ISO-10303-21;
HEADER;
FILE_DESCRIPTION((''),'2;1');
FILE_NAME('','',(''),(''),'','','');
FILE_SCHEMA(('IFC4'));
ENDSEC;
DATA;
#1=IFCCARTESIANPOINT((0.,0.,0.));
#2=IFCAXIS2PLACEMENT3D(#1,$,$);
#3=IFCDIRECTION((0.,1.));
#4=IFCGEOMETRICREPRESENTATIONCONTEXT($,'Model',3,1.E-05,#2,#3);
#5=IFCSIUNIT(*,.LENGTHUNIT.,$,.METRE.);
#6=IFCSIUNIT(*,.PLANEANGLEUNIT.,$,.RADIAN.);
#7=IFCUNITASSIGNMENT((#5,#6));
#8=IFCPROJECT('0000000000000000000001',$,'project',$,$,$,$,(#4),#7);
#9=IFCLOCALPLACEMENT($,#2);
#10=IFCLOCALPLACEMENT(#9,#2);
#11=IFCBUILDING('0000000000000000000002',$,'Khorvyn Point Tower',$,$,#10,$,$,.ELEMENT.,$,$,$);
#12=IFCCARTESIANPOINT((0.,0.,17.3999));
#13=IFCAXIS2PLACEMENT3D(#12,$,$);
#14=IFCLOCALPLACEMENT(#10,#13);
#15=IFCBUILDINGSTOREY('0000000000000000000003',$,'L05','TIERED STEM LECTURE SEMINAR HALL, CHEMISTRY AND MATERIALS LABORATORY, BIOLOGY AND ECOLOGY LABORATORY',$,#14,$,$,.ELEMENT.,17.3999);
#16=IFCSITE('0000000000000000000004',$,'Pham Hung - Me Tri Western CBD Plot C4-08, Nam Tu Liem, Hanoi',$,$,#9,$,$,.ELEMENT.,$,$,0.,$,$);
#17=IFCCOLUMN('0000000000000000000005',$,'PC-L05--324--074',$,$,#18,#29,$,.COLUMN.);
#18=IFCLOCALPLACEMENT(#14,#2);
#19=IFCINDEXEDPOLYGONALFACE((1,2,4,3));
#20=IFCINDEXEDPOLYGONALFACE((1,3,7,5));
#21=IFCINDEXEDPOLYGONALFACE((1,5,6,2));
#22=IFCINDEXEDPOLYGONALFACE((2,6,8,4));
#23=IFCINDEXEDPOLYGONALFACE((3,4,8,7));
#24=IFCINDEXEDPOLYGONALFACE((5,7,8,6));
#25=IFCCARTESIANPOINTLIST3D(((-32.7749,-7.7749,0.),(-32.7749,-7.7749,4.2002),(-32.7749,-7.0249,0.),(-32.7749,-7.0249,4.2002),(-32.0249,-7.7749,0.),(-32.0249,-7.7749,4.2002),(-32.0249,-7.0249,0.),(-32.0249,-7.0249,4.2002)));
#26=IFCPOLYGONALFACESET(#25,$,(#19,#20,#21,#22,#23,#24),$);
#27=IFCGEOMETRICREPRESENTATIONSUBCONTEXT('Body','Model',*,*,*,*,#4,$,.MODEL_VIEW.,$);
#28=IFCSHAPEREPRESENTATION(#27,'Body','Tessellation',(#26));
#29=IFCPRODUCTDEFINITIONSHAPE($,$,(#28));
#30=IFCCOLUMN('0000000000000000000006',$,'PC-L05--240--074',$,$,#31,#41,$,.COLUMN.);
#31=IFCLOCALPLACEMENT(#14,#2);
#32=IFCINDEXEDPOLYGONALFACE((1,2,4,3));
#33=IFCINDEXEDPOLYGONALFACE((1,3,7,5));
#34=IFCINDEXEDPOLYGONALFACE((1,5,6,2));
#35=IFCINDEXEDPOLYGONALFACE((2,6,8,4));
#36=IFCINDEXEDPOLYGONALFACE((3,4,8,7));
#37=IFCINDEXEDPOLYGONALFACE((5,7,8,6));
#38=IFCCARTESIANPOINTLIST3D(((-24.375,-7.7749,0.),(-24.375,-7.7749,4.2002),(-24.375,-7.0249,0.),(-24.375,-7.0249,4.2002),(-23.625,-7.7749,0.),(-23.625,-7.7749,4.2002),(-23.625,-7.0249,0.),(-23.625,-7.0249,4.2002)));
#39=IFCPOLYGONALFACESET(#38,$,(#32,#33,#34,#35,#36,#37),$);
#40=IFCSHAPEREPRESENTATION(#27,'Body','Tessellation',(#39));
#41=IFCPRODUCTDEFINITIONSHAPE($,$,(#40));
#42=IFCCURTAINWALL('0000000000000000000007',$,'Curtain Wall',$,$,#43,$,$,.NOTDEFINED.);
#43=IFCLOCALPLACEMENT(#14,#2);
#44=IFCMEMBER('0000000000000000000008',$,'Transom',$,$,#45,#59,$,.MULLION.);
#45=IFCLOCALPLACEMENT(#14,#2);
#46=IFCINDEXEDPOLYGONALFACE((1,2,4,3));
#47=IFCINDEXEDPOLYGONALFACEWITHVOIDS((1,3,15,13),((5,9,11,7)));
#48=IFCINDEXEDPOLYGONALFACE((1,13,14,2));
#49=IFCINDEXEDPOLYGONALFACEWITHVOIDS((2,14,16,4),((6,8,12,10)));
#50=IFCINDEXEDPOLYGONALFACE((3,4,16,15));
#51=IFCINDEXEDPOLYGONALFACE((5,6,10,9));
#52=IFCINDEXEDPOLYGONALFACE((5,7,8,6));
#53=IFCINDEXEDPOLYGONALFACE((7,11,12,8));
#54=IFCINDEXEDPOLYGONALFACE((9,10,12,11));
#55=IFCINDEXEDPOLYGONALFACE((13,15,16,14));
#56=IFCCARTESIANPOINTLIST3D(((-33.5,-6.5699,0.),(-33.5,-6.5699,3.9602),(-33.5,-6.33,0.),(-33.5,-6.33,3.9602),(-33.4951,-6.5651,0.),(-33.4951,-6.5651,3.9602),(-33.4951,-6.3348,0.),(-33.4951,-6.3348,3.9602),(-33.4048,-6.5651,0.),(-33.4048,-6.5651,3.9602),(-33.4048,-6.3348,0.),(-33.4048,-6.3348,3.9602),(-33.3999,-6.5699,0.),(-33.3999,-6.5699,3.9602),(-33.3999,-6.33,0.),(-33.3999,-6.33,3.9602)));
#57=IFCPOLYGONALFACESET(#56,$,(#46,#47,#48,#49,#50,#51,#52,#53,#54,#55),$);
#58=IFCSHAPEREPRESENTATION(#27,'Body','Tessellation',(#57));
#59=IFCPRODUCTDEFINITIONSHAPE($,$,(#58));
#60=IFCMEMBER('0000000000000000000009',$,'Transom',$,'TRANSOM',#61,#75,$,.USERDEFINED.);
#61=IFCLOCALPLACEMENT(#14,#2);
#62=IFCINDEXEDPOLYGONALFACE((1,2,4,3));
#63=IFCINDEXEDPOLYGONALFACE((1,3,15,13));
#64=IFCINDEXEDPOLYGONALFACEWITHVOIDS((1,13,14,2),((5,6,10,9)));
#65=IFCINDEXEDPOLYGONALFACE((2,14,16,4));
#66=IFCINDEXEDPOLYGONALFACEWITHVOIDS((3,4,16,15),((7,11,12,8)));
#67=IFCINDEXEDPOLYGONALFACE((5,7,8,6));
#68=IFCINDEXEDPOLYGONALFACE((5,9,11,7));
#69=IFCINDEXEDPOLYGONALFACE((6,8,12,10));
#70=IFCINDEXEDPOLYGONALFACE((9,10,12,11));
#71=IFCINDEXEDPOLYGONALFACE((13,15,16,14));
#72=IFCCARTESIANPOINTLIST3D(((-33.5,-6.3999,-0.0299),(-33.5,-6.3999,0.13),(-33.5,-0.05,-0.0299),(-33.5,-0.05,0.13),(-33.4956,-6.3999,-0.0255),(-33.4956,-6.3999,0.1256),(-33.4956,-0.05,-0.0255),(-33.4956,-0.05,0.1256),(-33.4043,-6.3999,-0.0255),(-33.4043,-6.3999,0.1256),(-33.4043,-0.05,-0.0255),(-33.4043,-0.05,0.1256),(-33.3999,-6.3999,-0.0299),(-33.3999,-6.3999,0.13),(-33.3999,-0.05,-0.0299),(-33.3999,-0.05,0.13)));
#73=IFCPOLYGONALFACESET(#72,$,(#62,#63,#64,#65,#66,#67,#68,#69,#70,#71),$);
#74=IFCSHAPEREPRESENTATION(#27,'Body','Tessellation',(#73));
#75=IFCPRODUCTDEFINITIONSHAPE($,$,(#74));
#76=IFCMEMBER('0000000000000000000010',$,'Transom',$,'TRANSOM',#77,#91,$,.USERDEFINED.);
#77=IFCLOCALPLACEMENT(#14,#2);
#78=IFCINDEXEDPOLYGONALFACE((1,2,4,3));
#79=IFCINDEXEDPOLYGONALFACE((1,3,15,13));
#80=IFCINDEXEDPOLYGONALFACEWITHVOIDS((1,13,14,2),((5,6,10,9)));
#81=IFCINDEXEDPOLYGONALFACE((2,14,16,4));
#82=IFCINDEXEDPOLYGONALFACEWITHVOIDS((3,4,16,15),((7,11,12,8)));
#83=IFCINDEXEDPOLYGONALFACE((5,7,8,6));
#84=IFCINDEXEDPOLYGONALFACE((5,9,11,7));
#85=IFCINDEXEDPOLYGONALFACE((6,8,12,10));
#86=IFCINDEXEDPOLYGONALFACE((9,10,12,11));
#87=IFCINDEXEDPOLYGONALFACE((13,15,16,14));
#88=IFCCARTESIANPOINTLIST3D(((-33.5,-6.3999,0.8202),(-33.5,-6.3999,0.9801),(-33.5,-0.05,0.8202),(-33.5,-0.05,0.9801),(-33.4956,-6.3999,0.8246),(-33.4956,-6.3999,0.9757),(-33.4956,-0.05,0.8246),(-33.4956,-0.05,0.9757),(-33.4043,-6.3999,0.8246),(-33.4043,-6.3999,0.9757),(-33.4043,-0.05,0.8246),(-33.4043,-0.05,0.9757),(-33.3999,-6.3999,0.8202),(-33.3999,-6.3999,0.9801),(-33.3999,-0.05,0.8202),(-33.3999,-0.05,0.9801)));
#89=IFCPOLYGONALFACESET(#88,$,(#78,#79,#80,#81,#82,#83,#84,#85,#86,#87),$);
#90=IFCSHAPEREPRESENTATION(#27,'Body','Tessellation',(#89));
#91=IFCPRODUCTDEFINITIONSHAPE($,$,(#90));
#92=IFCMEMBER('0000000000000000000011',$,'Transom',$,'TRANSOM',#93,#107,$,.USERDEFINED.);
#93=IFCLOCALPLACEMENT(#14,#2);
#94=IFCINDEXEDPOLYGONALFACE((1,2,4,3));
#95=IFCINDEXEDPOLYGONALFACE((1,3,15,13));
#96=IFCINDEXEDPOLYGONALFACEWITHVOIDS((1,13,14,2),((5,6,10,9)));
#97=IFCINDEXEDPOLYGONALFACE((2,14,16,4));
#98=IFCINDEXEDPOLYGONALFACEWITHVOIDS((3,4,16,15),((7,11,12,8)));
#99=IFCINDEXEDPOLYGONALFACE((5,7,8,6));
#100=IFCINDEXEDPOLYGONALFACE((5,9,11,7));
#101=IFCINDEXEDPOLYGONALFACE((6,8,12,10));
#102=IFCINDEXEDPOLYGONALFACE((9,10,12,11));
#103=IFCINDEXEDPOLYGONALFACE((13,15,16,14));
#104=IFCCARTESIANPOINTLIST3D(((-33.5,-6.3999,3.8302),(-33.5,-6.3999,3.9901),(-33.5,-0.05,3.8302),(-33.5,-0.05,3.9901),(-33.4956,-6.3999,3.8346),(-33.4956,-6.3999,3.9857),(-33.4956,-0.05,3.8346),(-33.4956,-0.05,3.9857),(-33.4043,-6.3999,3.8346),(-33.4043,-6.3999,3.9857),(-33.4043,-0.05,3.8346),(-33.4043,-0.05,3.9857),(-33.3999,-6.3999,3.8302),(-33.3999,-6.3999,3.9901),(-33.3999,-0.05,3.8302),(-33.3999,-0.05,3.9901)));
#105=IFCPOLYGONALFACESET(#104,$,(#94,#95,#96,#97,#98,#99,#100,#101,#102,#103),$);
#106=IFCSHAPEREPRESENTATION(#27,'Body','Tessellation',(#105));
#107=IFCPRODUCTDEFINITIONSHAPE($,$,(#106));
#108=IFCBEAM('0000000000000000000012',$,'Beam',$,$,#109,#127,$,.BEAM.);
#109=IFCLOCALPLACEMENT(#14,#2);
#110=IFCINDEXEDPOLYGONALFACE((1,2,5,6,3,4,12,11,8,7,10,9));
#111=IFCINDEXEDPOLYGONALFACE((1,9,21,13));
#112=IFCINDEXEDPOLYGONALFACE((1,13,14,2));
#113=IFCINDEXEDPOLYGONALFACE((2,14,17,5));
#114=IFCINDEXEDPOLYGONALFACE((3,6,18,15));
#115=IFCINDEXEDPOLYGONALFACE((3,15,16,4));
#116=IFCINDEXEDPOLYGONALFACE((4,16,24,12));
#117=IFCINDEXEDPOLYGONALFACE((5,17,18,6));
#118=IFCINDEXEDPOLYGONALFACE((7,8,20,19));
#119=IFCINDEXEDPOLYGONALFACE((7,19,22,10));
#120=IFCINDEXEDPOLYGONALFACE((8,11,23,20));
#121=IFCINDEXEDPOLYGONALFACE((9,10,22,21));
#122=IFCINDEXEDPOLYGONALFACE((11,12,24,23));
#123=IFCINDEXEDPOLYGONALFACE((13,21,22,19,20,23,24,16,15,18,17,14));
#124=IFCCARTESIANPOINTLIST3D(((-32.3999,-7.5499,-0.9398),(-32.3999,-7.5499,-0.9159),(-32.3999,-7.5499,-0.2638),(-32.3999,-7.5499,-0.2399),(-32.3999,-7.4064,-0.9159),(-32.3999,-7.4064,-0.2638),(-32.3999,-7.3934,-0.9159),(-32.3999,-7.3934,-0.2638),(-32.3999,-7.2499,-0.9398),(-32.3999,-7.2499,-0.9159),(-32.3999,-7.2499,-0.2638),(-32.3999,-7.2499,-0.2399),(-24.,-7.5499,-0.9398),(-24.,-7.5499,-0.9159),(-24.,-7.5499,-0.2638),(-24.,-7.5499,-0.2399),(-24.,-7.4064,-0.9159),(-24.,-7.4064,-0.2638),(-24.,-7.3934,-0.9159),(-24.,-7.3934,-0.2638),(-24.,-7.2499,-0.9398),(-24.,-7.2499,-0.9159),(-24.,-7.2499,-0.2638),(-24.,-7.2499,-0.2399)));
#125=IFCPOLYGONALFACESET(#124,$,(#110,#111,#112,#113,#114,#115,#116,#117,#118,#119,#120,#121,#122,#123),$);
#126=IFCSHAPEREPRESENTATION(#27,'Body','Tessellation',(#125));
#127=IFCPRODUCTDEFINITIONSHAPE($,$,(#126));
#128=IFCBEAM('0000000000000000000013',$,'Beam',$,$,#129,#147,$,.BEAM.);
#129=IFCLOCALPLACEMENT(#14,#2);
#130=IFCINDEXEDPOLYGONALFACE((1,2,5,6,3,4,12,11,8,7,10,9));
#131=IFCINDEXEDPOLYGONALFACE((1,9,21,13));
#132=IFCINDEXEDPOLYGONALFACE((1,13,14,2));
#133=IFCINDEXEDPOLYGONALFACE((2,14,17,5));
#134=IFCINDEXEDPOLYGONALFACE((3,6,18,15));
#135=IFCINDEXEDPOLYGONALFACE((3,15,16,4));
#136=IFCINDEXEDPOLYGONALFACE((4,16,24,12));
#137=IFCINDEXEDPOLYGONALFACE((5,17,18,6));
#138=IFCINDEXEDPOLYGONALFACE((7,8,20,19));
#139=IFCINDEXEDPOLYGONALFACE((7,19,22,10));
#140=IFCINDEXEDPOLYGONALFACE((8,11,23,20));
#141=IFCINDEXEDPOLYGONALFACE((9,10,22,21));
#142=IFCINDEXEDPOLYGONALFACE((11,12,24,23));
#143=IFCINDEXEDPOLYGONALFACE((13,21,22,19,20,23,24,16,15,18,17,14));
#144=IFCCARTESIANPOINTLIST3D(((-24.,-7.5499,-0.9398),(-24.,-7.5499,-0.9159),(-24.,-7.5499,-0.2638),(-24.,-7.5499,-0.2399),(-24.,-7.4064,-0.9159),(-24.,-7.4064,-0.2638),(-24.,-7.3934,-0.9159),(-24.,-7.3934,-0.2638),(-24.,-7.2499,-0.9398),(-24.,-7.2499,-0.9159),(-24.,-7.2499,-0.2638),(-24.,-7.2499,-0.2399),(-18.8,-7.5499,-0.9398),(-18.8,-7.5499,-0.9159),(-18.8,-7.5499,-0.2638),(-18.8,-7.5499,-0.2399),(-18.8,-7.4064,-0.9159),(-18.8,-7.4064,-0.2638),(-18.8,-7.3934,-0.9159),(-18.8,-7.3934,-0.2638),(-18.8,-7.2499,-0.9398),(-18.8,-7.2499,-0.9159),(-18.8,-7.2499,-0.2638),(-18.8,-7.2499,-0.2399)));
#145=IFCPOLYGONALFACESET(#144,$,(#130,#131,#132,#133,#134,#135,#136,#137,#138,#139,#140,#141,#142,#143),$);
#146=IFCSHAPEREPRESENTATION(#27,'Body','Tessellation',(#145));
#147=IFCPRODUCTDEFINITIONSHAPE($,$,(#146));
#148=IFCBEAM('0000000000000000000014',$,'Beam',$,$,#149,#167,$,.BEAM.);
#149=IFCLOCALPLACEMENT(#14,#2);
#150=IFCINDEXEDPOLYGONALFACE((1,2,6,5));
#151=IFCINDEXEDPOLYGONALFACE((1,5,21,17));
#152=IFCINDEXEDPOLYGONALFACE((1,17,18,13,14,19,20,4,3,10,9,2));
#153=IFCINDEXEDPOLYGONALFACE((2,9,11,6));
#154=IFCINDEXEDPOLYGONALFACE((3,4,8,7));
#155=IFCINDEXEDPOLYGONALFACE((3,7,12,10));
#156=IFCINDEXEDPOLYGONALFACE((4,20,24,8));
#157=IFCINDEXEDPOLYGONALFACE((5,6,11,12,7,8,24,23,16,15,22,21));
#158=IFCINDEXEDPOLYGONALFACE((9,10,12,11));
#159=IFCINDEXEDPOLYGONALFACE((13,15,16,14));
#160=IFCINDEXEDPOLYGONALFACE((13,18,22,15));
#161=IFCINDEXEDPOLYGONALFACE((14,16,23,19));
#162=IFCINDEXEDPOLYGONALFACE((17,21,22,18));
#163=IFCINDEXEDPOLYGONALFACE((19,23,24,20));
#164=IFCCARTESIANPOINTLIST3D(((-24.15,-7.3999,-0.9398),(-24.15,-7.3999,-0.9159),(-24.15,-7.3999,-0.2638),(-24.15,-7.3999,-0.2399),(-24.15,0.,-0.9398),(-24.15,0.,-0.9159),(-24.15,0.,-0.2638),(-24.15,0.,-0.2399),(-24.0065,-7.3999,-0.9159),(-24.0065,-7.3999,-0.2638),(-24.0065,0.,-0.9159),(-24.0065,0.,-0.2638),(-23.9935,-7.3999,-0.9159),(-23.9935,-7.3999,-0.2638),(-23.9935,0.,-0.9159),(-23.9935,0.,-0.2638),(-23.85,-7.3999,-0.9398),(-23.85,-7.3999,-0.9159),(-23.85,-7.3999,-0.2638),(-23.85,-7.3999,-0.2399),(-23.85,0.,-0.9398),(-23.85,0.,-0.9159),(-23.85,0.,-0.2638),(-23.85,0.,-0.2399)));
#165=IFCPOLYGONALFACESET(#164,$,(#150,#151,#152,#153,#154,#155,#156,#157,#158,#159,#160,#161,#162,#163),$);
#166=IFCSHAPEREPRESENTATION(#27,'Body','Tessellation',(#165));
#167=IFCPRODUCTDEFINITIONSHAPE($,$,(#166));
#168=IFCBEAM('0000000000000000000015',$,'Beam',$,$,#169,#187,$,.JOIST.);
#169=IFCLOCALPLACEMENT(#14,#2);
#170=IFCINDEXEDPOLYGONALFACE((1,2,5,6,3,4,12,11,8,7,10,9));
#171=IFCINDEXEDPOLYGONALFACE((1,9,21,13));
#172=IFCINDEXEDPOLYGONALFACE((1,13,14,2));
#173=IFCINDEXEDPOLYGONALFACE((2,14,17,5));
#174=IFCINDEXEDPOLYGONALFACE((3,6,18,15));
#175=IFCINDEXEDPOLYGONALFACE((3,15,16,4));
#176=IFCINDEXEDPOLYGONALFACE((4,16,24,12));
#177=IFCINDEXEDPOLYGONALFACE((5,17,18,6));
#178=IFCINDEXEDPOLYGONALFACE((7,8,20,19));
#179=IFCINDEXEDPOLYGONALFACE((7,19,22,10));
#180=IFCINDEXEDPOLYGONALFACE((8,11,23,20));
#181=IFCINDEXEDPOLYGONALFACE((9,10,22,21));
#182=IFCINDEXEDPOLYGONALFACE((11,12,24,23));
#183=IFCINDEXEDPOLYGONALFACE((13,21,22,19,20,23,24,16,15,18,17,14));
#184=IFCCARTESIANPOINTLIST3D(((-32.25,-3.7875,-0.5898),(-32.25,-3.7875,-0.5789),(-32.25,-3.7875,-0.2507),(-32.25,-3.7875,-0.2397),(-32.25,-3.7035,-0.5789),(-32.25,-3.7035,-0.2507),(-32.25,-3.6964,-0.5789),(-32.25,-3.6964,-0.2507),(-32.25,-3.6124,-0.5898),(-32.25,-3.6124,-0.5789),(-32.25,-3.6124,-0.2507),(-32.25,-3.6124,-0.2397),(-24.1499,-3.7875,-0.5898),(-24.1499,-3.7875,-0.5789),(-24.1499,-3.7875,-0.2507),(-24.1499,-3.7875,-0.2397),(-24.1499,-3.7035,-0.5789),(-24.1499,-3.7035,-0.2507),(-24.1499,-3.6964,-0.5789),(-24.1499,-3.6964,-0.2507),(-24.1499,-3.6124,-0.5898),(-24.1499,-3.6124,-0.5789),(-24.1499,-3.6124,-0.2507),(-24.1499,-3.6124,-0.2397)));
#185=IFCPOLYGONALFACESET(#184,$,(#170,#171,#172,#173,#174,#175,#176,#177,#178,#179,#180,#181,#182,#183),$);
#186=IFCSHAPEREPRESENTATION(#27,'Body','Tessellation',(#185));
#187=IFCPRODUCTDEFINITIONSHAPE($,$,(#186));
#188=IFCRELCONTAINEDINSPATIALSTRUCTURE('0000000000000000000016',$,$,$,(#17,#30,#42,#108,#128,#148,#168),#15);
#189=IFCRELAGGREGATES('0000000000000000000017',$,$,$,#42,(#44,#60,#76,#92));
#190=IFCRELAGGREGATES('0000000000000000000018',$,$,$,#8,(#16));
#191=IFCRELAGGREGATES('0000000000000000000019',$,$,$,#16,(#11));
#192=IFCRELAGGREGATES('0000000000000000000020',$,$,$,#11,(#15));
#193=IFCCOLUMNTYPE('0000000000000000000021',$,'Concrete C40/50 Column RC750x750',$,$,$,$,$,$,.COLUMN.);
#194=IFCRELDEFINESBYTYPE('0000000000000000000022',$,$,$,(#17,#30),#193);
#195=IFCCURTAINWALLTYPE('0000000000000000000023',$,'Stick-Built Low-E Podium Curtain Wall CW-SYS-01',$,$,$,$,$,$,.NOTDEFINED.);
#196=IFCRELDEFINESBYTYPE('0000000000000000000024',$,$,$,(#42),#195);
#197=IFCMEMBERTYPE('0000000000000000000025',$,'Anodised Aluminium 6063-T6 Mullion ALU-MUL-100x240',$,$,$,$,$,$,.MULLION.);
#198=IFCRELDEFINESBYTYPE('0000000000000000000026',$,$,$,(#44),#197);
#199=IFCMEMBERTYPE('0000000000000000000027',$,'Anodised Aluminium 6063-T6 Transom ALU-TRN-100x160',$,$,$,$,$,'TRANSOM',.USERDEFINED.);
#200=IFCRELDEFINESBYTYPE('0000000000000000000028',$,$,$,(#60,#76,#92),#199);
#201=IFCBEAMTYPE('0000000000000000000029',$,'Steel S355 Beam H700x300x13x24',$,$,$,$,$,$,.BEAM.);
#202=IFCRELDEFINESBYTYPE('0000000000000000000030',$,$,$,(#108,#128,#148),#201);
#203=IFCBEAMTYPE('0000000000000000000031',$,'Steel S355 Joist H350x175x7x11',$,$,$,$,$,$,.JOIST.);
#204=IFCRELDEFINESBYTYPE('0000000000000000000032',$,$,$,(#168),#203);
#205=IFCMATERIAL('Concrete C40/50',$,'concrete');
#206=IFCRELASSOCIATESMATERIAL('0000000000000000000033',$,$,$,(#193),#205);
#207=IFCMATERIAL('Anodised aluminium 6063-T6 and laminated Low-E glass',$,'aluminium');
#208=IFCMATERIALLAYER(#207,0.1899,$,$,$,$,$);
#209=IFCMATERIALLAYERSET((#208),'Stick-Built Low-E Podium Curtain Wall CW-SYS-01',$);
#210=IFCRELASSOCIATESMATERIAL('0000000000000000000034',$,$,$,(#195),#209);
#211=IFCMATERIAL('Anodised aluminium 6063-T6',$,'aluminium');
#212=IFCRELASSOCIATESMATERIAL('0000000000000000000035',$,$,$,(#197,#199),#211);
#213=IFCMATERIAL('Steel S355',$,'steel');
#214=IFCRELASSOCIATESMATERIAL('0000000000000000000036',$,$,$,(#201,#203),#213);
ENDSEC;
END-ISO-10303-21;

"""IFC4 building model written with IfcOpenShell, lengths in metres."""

from ifc_helpers import new_model, si_unit, direction, frame, origin, origin_2d, place, context, subcontext, project, spatial, rectangle, hollow_rectangle, i_section, extrude, material, layer, layer_set, material_profile, profile_set, type_object, element, aggregate, save


model = new_model("IFC4")

# Units and contexts
model_context = context("Model", 3, precision=1e-05, world=origin(), true_north=direction((0.0, 1.0)))
body_context = subcontext(model_context, "Body", "Model", "MODEL_VIEW")
ifc_project = project(units=[si_unit("LENGTHUNIT", "METRE"), si_unit("PLANEANGLEUNIT", "RADIAN")], contexts=[model_context])

# Site, building, storey
site_placement = place(None, origin())
site = spatial("IfcSite", under=ifc_project, at=site_placement, Name="Pham Hung - Me Tri Western CBD Plot C4-08, Nam Tu Liem, Hanoi", CompositionType="ELEMENT", RefElevation=0.0)
building_placement = place(site_placement, origin())
building = spatial("IfcBuilding", under=site, at=building_placement, Name="Khorvyn Point Tower", CompositionType="ELEMENT")
storey_placement = place(building_placement, frame((0.0, 0.0, 17.3999)))
storey = spatial("IfcBuildingStorey", under=building, at=storey_placement, Name="L05", Description="TIERED STEM LECTURE SEMINAR HALL, CHEMISTRY AND MATERIALS LABORATORY, BIOLOGY AND ECOLOGY LABORATORY", CompositionType="ELEMENT", Elevation=17.3999)

# Columns
ifc_material_1 = material(Name="Concrete C40/50", Category="concrete")
ifc_material_profile_1 = material_profile(ifc_material_1, rectangle(XDim=0.75, YDim=0.75, at=origin_2d()))
ifc_profile_set_1 = profile_set([ifc_material_profile_1], Name="Concrete C40/50 RC750x750")
column_type = type_object("IfcColumnType", Name="Concrete C40/50 Column RC750x750", PredefinedType="COLUMN", material=ifc_profile_set_1)
for number, where, z_axis, x_axis, name in (
    (1, (-32.3999, -7.3999, 0.0), (0.0, 0.0, 1.0), (1.0, 0.0, 0.0), "PC-L05--324--074"),
    (2, (-24.0, -7.3999, 0.0), (0.0, 0.0, 1.0), (1.0, 0.0, 0.0), "PC-L05--240--074"),
):
    element("IfcColumn", number, at=place(storey_placement, frame(where, z_axis=z_axis, x_axis=x_axis)), inside=storey, type_object=column_type, Name=name, PredefinedType="COLUMN", context=body_context, shape_type="SweptSolid", body=[
        extrude(rectangle(XDim=0.75, YDim=0.75, at=origin_2d()), origin(), (0.0, 0.0, 1.0), 4.2002),
    ])

# Curtain wall, members
ifc_material_2 = material(Name="Anodised aluminium 6063-T6 and laminated Low-E glass", Category="aluminium")
ifc_layer_1 = layer(ifc_material_2, 0.1899)
ifc_layer_set_1 = layer_set([ifc_layer_1], Name="Stick-Built Low-E Podium Curtain Wall CW-SYS-01")
curtain_wall_type = type_object("IfcCurtainWallType", Name="Stick-Built Low-E Podium Curtain Wall CW-SYS-01", PredefinedType="NOTDEFINED", material=ifc_layer_set_1)
curtain_wall_placement = place(storey_placement, origin())
curtain_wall = element("IfcCurtainWall", 3, at=curtain_wall_placement, inside=storey, type_object=curtain_wall_type, Name="Curtain Wall", PredefinedType="NOTDEFINED")
ifc_material_3 = material(Name="Anodised aluminium 6063-T6", Category="aluminium")
ifc_material_profile_2 = material_profile(ifc_material_3, hollow_rectangle(XDim=0.1001, YDim=0.24, WallThickness=0.0049, at=origin_2d()))
ifc_profile_set_2 = profile_set([ifc_material_profile_2], Name="Anodised aluminium 6063-T6 ALU-MUL-100x240")
member_type_1 = type_object("IfcMemberType", Name="Anodised Aluminium 6063-T6 Mullion ALU-MUL-100x240", PredefinedType="MULLION", material=ifc_profile_set_2)
member_1_placement = place(storey_placement, frame((-33.45, -6.45, 0.0), z_axis=(0.0, 0.0, 1.0), x_axis=(-1.0, 0.0, 0.0)))
member_1 = element("IfcMember", 4, at=member_1_placement, type_object=member_type_1, Name="Transom", PredefinedType="MULLION", context=body_context, shape_type="SweptSolid", body=[
    extrude(hollow_rectangle(XDim=0.1001, YDim=0.24, WallThickness=0.0049, at=origin_2d()), origin(), (0.0, 0.0, 1.0), 3.9602),
])
ifc_material_profile_3 = material_profile(ifc_material_3, hollow_rectangle(XDim=0.1001, YDim=0.1599, WallThickness=0.0044, at=origin_2d()))
ifc_profile_set_3 = profile_set([ifc_material_profile_3], Name="Anodised aluminium 6063-T6 ALU-TRN-100x160")
member_type_2 = type_object("IfcMemberType", Name="Anodised Aluminium 6063-T6 Transom ALU-TRN-100x160", ElementType="TRANSOM", PredefinedType="USERDEFINED", material=ifc_profile_set_3)
member_2_placement = place(storey_placement, frame((-33.45, -6.3999, 0.05), z_axis=(0.0, 1.0, 0.0), x_axis=(-1.0, 0.0, 0.0)))
member_2 = element("IfcMember", 5, at=member_2_placement, type_object=member_type_2, Name="Transom", ObjectType="TRANSOM", PredefinedType="USERDEFINED", context=body_context, shape_type="SweptSolid", body=[
    extrude(hollow_rectangle(XDim=0.1001, YDim=0.1599, WallThickness=0.0044, at=origin_2d()), origin(), (0.0, 0.0, 1.0), 6.3499),
])
member_3_placement = place(storey_placement, frame((-33.45, -6.3999, 0.9001), z_axis=(0.0, 1.0, 0.0), x_axis=(-1.0, 0.0, 0.0)))
member_3 = element("IfcMember", 6, at=member_3_placement, type_object=member_type_2, Name="Transom", ObjectType="TRANSOM", PredefinedType="USERDEFINED", context=body_context, shape_type="SweptSolid", body=[
    extrude(hollow_rectangle(XDim=0.1001, YDim=0.1599, WallThickness=0.0044, at=origin_2d()), origin(), (0.0, 0.0, 1.0), 6.3499),
])
member_4_placement = place(storey_placement, frame((-33.45, -6.3999, 3.9102), z_axis=(0.0, 1.0, 0.0), x_axis=(-1.0, 0.0, 0.0)))
member_4 = element("IfcMember", 7, at=member_4_placement, type_object=member_type_2, Name="Transom", ObjectType="TRANSOM", PredefinedType="USERDEFINED", context=body_context, shape_type="SweptSolid", body=[
    extrude(hollow_rectangle(XDim=0.1001, YDim=0.1599, WallThickness=0.0044, at=origin_2d()), origin(), (0.0, 0.0, 1.0), 6.3499),
])

# Beams
ifc_material_4 = material(Name="Steel S355", Category="steel")
ifc_material_profile_4 = material_profile(ifc_material_4, i_section(OverallWidth=0.3, OverallDepth=0.7, WebThickness=0.0129, FlangeThickness=0.0239, at=origin_2d()))
ifc_profile_set_4 = profile_set([ifc_material_profile_4], Name="Steel S355 H700x300x13x24")
beam_type_1 = type_object("IfcBeamType", Name="Steel S355 Beam H700x300x13x24", PredefinedType="BEAM", material=ifc_profile_set_4)
beam_1_placement = place(storey_placement, frame((-32.3999, -7.3999, -0.5898), z_axis=(1.0, 0.0, 0.0), x_axis=(0.0, 1.0, 0.0)))
element("IfcBeam", 8, at=beam_1_placement, inside=storey, type_object=beam_type_1, Name="Beam", PredefinedType="BEAM", context=body_context, shape_type="SweptSolid", body=[
    extrude(i_section(OverallWidth=0.3, OverallDepth=0.7, WebThickness=0.0129, FlangeThickness=0.0239, at=origin_2d()), origin(), (0.0, 0.0, 1.0), 8.3999),
])
beam_2_placement = place(storey_placement, frame((-24.0, -7.3999, -0.5898), z_axis=(1.0, 0.0, 0.0), x_axis=(0.0, 1.0, 0.0)))
element("IfcBeam", 9, at=beam_2_placement, inside=storey, type_object=beam_type_1, Name="Beam", PredefinedType="BEAM", context=body_context, shape_type="SweptSolid", body=[
    extrude(i_section(OverallWidth=0.3, OverallDepth=0.7, WebThickness=0.0129, FlangeThickness=0.0239, at=origin_2d()), origin(), (0.0, 0.0, 1.0), 5.2),
])
beam_3_placement = place(storey_placement, frame((-24.0, -7.3999, -0.5898), z_axis=(0.0, 1.0, 0.0), x_axis=(-1.0, 0.0, 0.0)))
element("IfcBeam", 10, at=beam_3_placement, inside=storey, type_object=beam_type_1, Name="Beam", PredefinedType="BEAM", context=body_context, shape_type="SweptSolid", body=[
    extrude(i_section(OverallWidth=0.3, OverallDepth=0.7, WebThickness=0.0129, FlangeThickness=0.0239, at=origin_2d()), origin(), (0.0, 0.0, 1.0), 7.3999),
])
ifc_material_profile_5 = material_profile(ifc_material_4, i_section(OverallWidth=0.175, OverallDepth=0.3501, WebThickness=0.0071, FlangeThickness=0.011, at=origin_2d()))
ifc_profile_set_5 = profile_set([ifc_material_profile_5], Name="Steel S355 H350x175x7x11")
beam_type_2 = type_object("IfcBeamType", Name="Steel S355 Joist H350x175x7x11", PredefinedType="JOIST", material=ifc_profile_set_5)
beam_4_placement = place(storey_placement, frame((-32.25, -3.7, -0.4148), z_axis=(1.0, 0.0, 0.0), x_axis=(0.0, 1.0, 0.0)))
element("IfcBeam", 11, at=beam_4_placement, inside=storey, type_object=beam_type_2, Name="Beam", PredefinedType="JOIST", context=body_context, shape_type="SweptSolid", body=[
    extrude(i_section(OverallWidth=0.175, OverallDepth=0.3501, WebThickness=0.0071, FlangeThickness=0.011, at=origin_2d()), origin(), (0.0, 0.0, 1.0), 8.1001),
])

aggregate(curtain_wall, [member_1, member_2, member_3, member_4])

save(model, "model.ifc")
